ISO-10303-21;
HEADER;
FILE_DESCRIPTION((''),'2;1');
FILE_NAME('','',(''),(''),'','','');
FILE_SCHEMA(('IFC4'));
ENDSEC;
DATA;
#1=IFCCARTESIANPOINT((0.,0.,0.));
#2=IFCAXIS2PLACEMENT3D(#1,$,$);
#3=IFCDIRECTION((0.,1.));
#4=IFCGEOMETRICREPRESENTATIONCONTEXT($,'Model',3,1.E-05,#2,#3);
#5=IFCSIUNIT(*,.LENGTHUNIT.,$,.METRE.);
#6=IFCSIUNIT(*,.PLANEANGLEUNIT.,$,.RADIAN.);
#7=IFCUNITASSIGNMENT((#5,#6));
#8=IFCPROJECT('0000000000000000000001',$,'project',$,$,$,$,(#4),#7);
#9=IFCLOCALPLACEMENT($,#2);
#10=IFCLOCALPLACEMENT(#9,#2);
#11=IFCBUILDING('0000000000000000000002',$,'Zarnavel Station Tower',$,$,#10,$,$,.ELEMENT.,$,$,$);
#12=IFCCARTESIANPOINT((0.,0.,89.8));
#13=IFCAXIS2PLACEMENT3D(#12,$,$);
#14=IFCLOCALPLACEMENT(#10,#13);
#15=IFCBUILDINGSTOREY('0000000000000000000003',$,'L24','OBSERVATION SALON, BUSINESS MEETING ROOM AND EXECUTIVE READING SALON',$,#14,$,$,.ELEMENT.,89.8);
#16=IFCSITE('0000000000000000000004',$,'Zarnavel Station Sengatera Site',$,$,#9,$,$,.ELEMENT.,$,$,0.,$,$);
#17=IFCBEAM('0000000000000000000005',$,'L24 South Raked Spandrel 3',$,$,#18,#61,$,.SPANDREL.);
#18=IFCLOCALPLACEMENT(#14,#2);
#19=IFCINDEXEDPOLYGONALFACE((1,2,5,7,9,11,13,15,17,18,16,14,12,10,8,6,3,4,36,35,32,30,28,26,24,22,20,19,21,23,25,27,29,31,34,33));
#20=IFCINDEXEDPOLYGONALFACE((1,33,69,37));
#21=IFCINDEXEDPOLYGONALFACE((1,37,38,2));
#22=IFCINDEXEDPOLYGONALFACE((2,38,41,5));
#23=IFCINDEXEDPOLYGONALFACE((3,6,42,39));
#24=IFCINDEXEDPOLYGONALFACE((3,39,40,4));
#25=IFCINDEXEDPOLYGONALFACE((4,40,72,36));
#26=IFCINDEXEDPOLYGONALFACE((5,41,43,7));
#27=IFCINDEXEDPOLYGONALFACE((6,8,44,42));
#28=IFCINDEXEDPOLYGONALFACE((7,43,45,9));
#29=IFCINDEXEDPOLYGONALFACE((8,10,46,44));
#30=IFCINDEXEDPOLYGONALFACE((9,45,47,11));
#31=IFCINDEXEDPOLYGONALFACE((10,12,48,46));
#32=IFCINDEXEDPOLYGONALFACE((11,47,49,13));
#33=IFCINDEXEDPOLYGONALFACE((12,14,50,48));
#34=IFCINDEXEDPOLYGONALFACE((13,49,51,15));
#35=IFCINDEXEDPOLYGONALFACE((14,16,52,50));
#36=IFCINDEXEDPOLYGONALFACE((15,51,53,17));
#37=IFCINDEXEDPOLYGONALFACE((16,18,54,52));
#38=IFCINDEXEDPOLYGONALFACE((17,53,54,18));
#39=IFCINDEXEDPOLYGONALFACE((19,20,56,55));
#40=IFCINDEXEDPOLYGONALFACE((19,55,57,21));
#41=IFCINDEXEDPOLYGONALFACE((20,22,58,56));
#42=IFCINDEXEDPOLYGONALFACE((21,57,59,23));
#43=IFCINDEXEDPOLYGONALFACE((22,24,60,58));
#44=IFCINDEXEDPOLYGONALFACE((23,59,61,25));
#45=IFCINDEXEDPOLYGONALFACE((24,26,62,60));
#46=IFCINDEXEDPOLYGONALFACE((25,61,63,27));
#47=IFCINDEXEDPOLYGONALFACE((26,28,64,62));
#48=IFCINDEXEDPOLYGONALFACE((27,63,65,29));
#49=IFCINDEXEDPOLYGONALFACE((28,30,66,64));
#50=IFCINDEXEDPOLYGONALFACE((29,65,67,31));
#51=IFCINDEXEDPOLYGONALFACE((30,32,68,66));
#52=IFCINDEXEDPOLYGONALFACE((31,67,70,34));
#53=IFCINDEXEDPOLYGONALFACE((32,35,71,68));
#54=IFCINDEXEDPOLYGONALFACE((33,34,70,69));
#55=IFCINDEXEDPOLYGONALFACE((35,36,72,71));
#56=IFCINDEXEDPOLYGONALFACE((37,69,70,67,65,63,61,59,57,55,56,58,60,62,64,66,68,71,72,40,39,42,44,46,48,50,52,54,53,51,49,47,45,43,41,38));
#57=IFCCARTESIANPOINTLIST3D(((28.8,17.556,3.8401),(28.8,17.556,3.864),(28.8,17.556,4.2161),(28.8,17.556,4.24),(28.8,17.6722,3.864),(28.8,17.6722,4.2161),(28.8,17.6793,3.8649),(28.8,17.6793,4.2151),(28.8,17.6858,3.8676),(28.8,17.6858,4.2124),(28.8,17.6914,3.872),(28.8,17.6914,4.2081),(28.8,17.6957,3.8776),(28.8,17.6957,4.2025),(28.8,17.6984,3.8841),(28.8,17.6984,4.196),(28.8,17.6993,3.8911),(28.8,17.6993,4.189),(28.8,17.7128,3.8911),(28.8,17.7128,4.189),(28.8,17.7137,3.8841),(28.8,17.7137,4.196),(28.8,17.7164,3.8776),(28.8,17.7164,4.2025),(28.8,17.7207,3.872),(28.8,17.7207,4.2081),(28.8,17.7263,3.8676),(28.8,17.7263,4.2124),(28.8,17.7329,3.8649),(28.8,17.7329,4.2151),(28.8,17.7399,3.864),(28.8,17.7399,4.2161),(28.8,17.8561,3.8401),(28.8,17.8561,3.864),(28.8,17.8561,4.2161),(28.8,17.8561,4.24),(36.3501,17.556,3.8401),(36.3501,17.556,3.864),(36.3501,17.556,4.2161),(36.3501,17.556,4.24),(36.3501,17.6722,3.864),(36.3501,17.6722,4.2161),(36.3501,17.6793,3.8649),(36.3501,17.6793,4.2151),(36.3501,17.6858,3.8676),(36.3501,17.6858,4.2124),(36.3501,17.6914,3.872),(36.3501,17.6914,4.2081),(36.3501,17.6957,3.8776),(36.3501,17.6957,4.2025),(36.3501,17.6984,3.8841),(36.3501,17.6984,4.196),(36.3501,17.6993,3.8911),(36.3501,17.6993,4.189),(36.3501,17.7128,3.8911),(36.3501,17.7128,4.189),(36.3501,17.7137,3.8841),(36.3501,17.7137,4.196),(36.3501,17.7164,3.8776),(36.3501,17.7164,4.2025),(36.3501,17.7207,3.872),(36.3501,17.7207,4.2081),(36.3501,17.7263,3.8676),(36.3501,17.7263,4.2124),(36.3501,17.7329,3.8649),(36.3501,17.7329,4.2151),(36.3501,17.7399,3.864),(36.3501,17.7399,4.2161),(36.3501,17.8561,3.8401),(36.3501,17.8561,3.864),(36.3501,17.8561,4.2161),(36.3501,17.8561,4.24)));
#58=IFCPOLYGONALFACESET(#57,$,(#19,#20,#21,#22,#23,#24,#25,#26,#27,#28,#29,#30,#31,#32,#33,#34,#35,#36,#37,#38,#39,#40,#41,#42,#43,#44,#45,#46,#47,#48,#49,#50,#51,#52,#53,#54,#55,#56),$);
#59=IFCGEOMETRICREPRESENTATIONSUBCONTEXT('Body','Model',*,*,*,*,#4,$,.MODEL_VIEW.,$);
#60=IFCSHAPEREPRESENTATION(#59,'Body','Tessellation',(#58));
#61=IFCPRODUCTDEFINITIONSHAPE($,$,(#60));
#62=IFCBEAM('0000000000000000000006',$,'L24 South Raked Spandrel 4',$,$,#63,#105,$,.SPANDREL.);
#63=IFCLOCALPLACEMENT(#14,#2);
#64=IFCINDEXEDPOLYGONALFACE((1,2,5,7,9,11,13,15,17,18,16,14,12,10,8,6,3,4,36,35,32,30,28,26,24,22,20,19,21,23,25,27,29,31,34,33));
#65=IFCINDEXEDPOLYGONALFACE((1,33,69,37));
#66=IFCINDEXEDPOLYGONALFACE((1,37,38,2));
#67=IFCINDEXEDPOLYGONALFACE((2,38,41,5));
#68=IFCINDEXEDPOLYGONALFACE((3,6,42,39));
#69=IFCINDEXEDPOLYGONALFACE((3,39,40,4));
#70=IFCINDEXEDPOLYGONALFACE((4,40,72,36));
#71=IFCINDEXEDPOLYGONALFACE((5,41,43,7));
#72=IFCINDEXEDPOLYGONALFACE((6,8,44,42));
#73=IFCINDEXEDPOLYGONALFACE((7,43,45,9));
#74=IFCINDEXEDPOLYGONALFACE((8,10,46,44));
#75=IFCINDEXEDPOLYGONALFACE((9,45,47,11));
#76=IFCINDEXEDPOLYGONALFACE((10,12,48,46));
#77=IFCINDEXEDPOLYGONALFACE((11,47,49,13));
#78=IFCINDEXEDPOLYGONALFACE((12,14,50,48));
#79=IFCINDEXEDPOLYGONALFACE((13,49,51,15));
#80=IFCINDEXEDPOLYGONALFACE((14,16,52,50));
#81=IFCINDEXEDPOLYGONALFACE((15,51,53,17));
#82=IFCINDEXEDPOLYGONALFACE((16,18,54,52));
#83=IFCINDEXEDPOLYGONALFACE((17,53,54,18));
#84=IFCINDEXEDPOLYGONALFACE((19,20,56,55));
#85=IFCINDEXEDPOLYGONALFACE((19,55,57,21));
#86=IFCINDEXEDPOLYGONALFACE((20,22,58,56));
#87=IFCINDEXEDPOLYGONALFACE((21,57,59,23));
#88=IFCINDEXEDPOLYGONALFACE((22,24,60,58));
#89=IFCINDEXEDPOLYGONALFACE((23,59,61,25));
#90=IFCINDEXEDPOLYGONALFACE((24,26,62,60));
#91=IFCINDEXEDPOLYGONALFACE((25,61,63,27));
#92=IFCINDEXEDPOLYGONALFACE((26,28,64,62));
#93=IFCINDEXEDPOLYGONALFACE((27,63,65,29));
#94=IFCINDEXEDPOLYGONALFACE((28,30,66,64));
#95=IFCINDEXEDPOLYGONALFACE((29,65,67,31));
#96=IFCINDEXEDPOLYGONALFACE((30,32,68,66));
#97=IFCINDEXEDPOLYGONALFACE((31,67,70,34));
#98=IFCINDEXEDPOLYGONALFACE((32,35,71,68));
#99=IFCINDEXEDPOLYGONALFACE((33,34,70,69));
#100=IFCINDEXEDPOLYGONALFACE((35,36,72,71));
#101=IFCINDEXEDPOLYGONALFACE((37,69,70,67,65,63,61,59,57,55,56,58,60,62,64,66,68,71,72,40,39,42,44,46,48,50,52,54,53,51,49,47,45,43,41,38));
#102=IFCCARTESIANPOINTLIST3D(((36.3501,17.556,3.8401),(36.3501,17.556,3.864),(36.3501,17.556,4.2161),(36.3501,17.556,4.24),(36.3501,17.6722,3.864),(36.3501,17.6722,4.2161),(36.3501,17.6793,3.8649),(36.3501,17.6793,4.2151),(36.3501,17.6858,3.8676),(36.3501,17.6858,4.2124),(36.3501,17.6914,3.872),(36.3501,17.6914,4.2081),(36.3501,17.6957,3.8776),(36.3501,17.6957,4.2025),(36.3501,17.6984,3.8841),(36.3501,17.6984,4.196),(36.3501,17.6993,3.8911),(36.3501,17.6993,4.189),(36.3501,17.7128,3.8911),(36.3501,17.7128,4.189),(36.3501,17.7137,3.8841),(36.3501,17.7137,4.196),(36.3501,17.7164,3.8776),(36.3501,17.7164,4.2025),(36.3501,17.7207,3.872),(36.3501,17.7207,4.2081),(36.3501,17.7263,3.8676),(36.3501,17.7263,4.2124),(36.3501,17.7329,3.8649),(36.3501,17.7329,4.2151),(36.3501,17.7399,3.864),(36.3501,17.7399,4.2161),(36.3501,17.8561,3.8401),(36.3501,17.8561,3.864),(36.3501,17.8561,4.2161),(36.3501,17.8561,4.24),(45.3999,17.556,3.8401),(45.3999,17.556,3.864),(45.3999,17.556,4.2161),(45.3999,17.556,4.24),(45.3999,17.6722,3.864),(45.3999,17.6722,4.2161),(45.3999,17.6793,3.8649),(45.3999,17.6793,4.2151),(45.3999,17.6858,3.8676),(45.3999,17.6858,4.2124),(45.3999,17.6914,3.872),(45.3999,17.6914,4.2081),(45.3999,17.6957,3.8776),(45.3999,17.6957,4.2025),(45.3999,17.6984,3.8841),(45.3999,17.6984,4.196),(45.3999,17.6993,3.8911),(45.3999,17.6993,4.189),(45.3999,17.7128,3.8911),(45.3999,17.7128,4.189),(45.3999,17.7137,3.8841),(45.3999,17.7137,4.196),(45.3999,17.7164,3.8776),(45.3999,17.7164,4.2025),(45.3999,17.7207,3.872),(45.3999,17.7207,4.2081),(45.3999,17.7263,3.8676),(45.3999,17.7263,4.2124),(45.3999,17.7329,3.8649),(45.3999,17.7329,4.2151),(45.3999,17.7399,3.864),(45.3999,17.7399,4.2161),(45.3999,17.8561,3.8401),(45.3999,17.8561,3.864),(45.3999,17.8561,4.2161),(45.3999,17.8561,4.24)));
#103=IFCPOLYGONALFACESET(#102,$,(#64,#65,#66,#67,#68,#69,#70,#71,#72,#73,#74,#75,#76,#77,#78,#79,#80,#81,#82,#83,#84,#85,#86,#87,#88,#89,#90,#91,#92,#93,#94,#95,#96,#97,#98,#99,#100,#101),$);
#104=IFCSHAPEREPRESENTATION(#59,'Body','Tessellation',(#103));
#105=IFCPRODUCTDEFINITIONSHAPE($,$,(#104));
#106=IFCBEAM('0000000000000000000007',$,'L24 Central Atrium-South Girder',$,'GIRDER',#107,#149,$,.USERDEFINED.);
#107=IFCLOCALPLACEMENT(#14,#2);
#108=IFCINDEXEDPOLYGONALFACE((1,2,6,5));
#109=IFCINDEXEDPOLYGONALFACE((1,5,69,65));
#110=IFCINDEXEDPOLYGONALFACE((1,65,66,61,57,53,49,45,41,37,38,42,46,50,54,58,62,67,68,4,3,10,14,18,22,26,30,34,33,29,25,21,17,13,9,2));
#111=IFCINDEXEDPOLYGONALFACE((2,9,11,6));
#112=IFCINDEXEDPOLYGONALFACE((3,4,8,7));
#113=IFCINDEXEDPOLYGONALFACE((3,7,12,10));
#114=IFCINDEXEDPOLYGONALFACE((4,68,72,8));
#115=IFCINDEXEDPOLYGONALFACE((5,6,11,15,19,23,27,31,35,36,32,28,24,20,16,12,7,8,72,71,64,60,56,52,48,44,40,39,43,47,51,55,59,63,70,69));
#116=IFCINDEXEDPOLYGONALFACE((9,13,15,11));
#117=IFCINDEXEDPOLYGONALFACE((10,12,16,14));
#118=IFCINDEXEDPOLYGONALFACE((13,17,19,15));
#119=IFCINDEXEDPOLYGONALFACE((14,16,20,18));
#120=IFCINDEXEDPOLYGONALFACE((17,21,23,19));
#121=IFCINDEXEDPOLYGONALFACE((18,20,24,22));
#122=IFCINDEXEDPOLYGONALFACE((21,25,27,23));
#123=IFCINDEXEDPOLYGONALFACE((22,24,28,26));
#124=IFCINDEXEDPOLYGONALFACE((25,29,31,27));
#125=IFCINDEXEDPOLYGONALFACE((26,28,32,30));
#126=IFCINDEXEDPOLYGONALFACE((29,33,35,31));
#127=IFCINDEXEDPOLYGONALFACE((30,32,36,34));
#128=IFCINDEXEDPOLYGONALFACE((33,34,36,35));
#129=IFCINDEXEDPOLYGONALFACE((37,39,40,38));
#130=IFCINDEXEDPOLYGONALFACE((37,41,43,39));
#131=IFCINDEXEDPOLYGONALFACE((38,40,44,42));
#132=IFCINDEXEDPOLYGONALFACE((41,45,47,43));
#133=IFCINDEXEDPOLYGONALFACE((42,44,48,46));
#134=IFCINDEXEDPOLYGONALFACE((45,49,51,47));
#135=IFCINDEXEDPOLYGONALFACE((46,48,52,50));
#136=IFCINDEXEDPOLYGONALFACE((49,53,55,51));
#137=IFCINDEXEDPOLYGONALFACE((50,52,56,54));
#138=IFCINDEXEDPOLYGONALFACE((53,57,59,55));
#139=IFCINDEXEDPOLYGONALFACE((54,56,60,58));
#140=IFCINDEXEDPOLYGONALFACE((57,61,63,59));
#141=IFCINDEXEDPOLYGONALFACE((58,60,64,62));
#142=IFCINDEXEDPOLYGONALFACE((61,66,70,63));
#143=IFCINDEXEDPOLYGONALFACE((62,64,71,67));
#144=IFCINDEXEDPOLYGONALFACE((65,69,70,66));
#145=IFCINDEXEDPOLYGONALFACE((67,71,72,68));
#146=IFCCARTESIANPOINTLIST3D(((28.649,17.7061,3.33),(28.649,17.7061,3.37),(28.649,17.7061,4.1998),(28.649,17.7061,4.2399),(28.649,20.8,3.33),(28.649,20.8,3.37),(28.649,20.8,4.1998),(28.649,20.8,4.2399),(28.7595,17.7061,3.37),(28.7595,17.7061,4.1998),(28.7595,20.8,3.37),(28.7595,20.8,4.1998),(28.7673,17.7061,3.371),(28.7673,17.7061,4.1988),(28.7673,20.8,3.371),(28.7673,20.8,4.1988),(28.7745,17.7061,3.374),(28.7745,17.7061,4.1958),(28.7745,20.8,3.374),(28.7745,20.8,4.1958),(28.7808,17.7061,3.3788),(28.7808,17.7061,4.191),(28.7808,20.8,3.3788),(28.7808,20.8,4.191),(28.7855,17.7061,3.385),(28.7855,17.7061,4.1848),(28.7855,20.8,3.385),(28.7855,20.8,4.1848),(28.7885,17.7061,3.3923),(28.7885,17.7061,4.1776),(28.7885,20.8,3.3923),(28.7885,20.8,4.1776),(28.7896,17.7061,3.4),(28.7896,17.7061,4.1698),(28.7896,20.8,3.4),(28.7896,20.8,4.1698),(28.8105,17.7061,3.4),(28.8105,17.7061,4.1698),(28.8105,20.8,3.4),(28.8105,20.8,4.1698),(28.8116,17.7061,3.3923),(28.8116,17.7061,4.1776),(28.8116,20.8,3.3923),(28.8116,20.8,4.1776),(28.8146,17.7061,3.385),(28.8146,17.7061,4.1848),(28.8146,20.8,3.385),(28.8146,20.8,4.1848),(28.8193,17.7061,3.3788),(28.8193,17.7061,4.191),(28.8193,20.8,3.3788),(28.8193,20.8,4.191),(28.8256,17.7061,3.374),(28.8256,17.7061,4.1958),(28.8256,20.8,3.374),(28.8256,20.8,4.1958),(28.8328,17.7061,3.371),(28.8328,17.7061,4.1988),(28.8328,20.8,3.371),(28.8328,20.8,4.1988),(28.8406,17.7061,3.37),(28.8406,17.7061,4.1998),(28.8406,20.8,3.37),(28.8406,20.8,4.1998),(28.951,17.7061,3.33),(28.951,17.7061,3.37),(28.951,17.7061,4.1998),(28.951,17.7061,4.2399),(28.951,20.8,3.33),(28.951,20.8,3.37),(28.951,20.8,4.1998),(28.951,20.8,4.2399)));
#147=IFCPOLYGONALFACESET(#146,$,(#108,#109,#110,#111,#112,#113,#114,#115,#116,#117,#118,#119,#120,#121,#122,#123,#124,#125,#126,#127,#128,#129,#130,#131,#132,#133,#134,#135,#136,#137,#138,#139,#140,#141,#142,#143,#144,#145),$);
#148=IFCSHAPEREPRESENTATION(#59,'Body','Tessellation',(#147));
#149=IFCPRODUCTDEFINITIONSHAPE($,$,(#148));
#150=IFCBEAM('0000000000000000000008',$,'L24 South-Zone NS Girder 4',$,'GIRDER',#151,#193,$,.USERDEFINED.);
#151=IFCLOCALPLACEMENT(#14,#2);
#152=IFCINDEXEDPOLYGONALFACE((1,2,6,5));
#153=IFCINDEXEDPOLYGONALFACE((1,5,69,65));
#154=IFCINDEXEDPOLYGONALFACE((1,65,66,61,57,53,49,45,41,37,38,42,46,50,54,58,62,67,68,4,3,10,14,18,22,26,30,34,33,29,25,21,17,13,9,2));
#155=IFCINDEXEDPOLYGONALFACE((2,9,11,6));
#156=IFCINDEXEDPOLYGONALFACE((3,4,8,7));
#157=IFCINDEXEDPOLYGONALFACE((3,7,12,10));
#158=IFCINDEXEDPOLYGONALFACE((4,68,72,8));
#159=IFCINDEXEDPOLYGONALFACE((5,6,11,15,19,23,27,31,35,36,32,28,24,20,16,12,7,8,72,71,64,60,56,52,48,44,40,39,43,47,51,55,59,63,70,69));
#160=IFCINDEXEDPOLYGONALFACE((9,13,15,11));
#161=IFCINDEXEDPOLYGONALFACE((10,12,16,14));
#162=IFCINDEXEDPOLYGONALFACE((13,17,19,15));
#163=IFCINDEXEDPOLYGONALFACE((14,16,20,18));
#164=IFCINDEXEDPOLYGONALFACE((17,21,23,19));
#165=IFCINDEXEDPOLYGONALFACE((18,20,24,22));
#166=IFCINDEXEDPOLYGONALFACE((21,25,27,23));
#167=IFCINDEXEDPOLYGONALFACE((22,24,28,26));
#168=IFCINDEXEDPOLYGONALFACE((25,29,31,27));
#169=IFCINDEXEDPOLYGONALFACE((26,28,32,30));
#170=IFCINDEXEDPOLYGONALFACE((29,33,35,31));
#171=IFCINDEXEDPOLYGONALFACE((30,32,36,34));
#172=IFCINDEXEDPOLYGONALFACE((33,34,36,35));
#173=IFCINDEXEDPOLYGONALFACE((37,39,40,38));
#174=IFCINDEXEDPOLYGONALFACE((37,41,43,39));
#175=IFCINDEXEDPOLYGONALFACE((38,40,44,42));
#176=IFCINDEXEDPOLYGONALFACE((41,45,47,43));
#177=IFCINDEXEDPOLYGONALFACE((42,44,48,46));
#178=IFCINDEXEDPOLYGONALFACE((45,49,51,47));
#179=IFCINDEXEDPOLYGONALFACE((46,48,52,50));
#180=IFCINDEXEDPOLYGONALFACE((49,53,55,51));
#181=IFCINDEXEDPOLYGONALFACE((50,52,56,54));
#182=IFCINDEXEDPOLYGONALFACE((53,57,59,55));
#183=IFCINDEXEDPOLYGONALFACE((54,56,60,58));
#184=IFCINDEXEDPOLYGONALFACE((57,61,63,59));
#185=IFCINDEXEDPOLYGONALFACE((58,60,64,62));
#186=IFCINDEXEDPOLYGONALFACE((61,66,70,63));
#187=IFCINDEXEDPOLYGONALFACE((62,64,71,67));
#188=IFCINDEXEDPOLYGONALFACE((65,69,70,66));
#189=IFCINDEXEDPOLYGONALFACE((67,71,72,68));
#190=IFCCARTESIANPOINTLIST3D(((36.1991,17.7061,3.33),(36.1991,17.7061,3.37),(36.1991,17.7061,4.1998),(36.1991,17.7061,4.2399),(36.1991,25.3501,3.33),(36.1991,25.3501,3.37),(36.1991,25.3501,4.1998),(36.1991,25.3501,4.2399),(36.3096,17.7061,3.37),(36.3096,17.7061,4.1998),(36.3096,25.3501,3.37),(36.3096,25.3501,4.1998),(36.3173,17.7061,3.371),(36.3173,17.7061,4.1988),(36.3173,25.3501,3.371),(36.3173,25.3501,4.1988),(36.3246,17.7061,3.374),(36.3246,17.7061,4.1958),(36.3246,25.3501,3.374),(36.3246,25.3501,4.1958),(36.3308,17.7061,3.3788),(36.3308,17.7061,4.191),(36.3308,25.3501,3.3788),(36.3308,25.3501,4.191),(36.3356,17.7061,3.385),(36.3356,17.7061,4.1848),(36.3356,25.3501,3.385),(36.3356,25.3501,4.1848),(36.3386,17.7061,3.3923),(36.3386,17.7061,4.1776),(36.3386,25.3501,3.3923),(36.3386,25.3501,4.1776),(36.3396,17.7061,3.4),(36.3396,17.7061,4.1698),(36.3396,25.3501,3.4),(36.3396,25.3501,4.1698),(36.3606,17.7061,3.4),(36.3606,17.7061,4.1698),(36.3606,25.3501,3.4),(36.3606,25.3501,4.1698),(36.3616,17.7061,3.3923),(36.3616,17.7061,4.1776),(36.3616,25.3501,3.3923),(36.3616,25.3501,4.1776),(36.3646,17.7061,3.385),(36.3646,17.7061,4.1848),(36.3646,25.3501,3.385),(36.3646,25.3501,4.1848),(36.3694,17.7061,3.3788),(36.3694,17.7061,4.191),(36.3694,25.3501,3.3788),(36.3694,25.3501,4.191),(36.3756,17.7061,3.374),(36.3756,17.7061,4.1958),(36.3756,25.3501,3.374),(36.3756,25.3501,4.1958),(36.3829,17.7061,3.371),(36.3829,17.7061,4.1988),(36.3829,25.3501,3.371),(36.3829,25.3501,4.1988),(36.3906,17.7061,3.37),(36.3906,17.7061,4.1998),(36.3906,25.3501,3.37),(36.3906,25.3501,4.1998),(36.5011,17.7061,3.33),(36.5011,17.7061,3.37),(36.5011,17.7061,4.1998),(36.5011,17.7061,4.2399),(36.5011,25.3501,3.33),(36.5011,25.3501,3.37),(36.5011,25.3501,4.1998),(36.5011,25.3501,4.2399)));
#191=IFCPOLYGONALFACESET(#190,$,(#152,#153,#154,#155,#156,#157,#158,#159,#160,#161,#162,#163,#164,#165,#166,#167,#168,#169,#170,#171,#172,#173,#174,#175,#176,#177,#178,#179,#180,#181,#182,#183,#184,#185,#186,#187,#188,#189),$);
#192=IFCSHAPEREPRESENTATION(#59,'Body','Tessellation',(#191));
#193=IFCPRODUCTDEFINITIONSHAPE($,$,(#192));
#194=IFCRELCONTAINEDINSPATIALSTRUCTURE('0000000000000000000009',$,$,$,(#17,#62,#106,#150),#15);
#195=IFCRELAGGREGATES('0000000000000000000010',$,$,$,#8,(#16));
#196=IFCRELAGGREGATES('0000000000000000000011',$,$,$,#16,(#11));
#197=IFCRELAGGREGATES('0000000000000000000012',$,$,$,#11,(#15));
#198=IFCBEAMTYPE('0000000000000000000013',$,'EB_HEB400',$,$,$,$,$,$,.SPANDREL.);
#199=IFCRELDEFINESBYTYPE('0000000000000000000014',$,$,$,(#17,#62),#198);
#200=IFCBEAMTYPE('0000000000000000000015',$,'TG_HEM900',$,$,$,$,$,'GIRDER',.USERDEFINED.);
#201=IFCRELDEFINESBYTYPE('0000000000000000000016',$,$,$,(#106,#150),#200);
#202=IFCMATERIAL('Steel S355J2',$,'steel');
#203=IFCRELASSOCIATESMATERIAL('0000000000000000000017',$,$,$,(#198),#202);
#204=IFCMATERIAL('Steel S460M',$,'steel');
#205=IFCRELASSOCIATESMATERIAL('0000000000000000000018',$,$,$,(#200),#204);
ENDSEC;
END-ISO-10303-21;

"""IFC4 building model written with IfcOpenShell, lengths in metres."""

from ifc_helpers import new_model, si_unit, direction, frame, origin, origin_2d, place, context, subcontext, project, spatial, i_section, extrude, material, material_profile, profile_set, type_object, element, save


model = new_model("IFC4")

# Units and contexts
model_context = context("Model", 3, precision=1e-05, world=origin(), true_north=direction((0.0, 1.0)))
body_context = subcontext(model_context, "Body", "Model", "MODEL_VIEW")
ifc_project = project(units=[si_unit("LENGTHUNIT", "METRE"), si_unit("PLANEANGLEUNIT", "RADIAN")], contexts=[model_context])

# Site, building, storey
site_placement = place(None, origin())
site = spatial("IfcSite", under=ifc_project, at=site_placement, Name="Zarnavel Station Sengatera Site", CompositionType="ELEMENT", RefElevation=0.0)
building_placement = place(site_placement, origin())
building = spatial("IfcBuilding", under=site, at=building_placement, Name="Zarnavel Station Tower", CompositionType="ELEMENT")
storey_placement = place(building_placement, frame((0.0, 0.0, 89.8)))
storey = spatial("IfcBuildingStorey", under=building, at=storey_placement, Name="L24", Description="OBSERVATION SALON, BUSINESS MEETING ROOM AND EXECUTIVE READING SALON", CompositionType="ELEMENT", Elevation=89.8)

# Beams
ifc_material_1 = material(Name="Steel S355J2", Category="steel")
ifc_material_profile_1 = material_profile(ifc_material_1, i_section(OverallWidth=0.3, OverallDepth=0.3999, WebThickness=0.0134, FlangeThickness=0.0239, FilletRadius=0.0271, at=origin_2d()), Name="HEB400")
ifc_profile_set_1 = profile_set([ifc_material_profile_1], Name="Steel S355J2")
beam_type_1 = type_object("IfcBeamType", Name="EB_HEB400", PredefinedType="SPANDREL", material=ifc_profile_set_1)
beam_1_placement = place(storey_placement, frame((28.8, 17.7061, 4.04), z_axis=(1.0, 0.0, 0.0), x_axis=(0.0, 1.0, 0.0)))
element("IfcBeam", 1, at=beam_1_placement, inside=storey, type_object=beam_type_1, Name="L24 South Raked Spandrel 3", PredefinedType="SPANDREL", context=body_context, shape_type="SweptSolid", body=[
    extrude(i_section(OverallWidth=0.3, OverallDepth=0.3999, WebThickness=0.0134, FlangeThickness=0.0239, FilletRadius=0.0271, at=origin_2d()), origin(), (0.0, 0.0, 1.0), 7.55),
])
beam_2_placement = place(storey_placement, frame((36.3501, 17.7061, 4.04), z_axis=(1.0, 0.0, 0.0), x_axis=(0.0, 1.0, 0.0)))
element("IfcBeam", 2, at=beam_2_placement, inside=storey, type_object=beam_type_1, Name="L24 South Raked Spandrel 4", PredefinedType="SPANDREL", context=body_context, shape_type="SweptSolid", body=[
    extrude(i_section(OverallWidth=0.3, OverallDepth=0.3999, WebThickness=0.0134, FlangeThickness=0.0239, FilletRadius=0.0271, at=origin_2d()), origin(), (0.0, 0.0, 1.0), 9.0498),
])
ifc_material_2 = material(Name="Steel S460M", Category="steel")
ifc_material_profile_2 = material_profile(ifc_material_2, i_section(OverallWidth=0.302, OverallDepth=0.9099, WebThickness=0.021, FlangeThickness=0.04, FilletRadius=0.03, at=origin_2d()), Name="HEM900")
ifc_profile_set_2 = profile_set([ifc_material_profile_2], Name="Steel S460M")
beam_type_2 = type_object("IfcBeamType", Name="TG_HEM900", ElementType="GIRDER", PredefinedType="USERDEFINED", material=ifc_profile_set_2)
beam_3_placement = place(storey_placement, frame((28.8, 17.7061, 3.7849), z_axis=(0.0, 1.0, 0.0), x_axis=(-1.0, 0.0, 0.0)))
element("IfcBeam", 3, at=beam_3_placement, inside=storey, type_object=beam_type_2, Name="L24 Central Atrium-South Girder", ObjectType="GIRDER", PredefinedType="USERDEFINED", context=body_context, shape_type="SweptSolid", body=[
    extrude(i_section(OverallWidth=0.302, OverallDepth=0.9099, WebThickness=0.021, FlangeThickness=0.04, FilletRadius=0.03, at=origin_2d()), origin(), (0.0, 0.0, 1.0), 3.094),
])
beam_4_placement = place(storey_placement, frame((36.3501, 17.7061, 3.7849), z_axis=(0.0, 1.0, 0.0), x_axis=(-1.0, 0.0, 0.0)))
element("IfcBeam", 4, at=beam_4_placement, inside=storey, type_object=beam_type_2, Name="L24 South-Zone NS Girder 4", ObjectType="GIRDER", PredefinedType="USERDEFINED", context=body_context, shape_type="SweptSolid", body=[
    extrude(i_section(OverallWidth=0.302, OverallDepth=0.9099, WebThickness=0.021, FlangeThickness=0.04, FilletRadius=0.03, at=origin_2d()), origin(), (0.0, 0.0, 1.0), 7.644),
])

save(model, "model.ifc")
